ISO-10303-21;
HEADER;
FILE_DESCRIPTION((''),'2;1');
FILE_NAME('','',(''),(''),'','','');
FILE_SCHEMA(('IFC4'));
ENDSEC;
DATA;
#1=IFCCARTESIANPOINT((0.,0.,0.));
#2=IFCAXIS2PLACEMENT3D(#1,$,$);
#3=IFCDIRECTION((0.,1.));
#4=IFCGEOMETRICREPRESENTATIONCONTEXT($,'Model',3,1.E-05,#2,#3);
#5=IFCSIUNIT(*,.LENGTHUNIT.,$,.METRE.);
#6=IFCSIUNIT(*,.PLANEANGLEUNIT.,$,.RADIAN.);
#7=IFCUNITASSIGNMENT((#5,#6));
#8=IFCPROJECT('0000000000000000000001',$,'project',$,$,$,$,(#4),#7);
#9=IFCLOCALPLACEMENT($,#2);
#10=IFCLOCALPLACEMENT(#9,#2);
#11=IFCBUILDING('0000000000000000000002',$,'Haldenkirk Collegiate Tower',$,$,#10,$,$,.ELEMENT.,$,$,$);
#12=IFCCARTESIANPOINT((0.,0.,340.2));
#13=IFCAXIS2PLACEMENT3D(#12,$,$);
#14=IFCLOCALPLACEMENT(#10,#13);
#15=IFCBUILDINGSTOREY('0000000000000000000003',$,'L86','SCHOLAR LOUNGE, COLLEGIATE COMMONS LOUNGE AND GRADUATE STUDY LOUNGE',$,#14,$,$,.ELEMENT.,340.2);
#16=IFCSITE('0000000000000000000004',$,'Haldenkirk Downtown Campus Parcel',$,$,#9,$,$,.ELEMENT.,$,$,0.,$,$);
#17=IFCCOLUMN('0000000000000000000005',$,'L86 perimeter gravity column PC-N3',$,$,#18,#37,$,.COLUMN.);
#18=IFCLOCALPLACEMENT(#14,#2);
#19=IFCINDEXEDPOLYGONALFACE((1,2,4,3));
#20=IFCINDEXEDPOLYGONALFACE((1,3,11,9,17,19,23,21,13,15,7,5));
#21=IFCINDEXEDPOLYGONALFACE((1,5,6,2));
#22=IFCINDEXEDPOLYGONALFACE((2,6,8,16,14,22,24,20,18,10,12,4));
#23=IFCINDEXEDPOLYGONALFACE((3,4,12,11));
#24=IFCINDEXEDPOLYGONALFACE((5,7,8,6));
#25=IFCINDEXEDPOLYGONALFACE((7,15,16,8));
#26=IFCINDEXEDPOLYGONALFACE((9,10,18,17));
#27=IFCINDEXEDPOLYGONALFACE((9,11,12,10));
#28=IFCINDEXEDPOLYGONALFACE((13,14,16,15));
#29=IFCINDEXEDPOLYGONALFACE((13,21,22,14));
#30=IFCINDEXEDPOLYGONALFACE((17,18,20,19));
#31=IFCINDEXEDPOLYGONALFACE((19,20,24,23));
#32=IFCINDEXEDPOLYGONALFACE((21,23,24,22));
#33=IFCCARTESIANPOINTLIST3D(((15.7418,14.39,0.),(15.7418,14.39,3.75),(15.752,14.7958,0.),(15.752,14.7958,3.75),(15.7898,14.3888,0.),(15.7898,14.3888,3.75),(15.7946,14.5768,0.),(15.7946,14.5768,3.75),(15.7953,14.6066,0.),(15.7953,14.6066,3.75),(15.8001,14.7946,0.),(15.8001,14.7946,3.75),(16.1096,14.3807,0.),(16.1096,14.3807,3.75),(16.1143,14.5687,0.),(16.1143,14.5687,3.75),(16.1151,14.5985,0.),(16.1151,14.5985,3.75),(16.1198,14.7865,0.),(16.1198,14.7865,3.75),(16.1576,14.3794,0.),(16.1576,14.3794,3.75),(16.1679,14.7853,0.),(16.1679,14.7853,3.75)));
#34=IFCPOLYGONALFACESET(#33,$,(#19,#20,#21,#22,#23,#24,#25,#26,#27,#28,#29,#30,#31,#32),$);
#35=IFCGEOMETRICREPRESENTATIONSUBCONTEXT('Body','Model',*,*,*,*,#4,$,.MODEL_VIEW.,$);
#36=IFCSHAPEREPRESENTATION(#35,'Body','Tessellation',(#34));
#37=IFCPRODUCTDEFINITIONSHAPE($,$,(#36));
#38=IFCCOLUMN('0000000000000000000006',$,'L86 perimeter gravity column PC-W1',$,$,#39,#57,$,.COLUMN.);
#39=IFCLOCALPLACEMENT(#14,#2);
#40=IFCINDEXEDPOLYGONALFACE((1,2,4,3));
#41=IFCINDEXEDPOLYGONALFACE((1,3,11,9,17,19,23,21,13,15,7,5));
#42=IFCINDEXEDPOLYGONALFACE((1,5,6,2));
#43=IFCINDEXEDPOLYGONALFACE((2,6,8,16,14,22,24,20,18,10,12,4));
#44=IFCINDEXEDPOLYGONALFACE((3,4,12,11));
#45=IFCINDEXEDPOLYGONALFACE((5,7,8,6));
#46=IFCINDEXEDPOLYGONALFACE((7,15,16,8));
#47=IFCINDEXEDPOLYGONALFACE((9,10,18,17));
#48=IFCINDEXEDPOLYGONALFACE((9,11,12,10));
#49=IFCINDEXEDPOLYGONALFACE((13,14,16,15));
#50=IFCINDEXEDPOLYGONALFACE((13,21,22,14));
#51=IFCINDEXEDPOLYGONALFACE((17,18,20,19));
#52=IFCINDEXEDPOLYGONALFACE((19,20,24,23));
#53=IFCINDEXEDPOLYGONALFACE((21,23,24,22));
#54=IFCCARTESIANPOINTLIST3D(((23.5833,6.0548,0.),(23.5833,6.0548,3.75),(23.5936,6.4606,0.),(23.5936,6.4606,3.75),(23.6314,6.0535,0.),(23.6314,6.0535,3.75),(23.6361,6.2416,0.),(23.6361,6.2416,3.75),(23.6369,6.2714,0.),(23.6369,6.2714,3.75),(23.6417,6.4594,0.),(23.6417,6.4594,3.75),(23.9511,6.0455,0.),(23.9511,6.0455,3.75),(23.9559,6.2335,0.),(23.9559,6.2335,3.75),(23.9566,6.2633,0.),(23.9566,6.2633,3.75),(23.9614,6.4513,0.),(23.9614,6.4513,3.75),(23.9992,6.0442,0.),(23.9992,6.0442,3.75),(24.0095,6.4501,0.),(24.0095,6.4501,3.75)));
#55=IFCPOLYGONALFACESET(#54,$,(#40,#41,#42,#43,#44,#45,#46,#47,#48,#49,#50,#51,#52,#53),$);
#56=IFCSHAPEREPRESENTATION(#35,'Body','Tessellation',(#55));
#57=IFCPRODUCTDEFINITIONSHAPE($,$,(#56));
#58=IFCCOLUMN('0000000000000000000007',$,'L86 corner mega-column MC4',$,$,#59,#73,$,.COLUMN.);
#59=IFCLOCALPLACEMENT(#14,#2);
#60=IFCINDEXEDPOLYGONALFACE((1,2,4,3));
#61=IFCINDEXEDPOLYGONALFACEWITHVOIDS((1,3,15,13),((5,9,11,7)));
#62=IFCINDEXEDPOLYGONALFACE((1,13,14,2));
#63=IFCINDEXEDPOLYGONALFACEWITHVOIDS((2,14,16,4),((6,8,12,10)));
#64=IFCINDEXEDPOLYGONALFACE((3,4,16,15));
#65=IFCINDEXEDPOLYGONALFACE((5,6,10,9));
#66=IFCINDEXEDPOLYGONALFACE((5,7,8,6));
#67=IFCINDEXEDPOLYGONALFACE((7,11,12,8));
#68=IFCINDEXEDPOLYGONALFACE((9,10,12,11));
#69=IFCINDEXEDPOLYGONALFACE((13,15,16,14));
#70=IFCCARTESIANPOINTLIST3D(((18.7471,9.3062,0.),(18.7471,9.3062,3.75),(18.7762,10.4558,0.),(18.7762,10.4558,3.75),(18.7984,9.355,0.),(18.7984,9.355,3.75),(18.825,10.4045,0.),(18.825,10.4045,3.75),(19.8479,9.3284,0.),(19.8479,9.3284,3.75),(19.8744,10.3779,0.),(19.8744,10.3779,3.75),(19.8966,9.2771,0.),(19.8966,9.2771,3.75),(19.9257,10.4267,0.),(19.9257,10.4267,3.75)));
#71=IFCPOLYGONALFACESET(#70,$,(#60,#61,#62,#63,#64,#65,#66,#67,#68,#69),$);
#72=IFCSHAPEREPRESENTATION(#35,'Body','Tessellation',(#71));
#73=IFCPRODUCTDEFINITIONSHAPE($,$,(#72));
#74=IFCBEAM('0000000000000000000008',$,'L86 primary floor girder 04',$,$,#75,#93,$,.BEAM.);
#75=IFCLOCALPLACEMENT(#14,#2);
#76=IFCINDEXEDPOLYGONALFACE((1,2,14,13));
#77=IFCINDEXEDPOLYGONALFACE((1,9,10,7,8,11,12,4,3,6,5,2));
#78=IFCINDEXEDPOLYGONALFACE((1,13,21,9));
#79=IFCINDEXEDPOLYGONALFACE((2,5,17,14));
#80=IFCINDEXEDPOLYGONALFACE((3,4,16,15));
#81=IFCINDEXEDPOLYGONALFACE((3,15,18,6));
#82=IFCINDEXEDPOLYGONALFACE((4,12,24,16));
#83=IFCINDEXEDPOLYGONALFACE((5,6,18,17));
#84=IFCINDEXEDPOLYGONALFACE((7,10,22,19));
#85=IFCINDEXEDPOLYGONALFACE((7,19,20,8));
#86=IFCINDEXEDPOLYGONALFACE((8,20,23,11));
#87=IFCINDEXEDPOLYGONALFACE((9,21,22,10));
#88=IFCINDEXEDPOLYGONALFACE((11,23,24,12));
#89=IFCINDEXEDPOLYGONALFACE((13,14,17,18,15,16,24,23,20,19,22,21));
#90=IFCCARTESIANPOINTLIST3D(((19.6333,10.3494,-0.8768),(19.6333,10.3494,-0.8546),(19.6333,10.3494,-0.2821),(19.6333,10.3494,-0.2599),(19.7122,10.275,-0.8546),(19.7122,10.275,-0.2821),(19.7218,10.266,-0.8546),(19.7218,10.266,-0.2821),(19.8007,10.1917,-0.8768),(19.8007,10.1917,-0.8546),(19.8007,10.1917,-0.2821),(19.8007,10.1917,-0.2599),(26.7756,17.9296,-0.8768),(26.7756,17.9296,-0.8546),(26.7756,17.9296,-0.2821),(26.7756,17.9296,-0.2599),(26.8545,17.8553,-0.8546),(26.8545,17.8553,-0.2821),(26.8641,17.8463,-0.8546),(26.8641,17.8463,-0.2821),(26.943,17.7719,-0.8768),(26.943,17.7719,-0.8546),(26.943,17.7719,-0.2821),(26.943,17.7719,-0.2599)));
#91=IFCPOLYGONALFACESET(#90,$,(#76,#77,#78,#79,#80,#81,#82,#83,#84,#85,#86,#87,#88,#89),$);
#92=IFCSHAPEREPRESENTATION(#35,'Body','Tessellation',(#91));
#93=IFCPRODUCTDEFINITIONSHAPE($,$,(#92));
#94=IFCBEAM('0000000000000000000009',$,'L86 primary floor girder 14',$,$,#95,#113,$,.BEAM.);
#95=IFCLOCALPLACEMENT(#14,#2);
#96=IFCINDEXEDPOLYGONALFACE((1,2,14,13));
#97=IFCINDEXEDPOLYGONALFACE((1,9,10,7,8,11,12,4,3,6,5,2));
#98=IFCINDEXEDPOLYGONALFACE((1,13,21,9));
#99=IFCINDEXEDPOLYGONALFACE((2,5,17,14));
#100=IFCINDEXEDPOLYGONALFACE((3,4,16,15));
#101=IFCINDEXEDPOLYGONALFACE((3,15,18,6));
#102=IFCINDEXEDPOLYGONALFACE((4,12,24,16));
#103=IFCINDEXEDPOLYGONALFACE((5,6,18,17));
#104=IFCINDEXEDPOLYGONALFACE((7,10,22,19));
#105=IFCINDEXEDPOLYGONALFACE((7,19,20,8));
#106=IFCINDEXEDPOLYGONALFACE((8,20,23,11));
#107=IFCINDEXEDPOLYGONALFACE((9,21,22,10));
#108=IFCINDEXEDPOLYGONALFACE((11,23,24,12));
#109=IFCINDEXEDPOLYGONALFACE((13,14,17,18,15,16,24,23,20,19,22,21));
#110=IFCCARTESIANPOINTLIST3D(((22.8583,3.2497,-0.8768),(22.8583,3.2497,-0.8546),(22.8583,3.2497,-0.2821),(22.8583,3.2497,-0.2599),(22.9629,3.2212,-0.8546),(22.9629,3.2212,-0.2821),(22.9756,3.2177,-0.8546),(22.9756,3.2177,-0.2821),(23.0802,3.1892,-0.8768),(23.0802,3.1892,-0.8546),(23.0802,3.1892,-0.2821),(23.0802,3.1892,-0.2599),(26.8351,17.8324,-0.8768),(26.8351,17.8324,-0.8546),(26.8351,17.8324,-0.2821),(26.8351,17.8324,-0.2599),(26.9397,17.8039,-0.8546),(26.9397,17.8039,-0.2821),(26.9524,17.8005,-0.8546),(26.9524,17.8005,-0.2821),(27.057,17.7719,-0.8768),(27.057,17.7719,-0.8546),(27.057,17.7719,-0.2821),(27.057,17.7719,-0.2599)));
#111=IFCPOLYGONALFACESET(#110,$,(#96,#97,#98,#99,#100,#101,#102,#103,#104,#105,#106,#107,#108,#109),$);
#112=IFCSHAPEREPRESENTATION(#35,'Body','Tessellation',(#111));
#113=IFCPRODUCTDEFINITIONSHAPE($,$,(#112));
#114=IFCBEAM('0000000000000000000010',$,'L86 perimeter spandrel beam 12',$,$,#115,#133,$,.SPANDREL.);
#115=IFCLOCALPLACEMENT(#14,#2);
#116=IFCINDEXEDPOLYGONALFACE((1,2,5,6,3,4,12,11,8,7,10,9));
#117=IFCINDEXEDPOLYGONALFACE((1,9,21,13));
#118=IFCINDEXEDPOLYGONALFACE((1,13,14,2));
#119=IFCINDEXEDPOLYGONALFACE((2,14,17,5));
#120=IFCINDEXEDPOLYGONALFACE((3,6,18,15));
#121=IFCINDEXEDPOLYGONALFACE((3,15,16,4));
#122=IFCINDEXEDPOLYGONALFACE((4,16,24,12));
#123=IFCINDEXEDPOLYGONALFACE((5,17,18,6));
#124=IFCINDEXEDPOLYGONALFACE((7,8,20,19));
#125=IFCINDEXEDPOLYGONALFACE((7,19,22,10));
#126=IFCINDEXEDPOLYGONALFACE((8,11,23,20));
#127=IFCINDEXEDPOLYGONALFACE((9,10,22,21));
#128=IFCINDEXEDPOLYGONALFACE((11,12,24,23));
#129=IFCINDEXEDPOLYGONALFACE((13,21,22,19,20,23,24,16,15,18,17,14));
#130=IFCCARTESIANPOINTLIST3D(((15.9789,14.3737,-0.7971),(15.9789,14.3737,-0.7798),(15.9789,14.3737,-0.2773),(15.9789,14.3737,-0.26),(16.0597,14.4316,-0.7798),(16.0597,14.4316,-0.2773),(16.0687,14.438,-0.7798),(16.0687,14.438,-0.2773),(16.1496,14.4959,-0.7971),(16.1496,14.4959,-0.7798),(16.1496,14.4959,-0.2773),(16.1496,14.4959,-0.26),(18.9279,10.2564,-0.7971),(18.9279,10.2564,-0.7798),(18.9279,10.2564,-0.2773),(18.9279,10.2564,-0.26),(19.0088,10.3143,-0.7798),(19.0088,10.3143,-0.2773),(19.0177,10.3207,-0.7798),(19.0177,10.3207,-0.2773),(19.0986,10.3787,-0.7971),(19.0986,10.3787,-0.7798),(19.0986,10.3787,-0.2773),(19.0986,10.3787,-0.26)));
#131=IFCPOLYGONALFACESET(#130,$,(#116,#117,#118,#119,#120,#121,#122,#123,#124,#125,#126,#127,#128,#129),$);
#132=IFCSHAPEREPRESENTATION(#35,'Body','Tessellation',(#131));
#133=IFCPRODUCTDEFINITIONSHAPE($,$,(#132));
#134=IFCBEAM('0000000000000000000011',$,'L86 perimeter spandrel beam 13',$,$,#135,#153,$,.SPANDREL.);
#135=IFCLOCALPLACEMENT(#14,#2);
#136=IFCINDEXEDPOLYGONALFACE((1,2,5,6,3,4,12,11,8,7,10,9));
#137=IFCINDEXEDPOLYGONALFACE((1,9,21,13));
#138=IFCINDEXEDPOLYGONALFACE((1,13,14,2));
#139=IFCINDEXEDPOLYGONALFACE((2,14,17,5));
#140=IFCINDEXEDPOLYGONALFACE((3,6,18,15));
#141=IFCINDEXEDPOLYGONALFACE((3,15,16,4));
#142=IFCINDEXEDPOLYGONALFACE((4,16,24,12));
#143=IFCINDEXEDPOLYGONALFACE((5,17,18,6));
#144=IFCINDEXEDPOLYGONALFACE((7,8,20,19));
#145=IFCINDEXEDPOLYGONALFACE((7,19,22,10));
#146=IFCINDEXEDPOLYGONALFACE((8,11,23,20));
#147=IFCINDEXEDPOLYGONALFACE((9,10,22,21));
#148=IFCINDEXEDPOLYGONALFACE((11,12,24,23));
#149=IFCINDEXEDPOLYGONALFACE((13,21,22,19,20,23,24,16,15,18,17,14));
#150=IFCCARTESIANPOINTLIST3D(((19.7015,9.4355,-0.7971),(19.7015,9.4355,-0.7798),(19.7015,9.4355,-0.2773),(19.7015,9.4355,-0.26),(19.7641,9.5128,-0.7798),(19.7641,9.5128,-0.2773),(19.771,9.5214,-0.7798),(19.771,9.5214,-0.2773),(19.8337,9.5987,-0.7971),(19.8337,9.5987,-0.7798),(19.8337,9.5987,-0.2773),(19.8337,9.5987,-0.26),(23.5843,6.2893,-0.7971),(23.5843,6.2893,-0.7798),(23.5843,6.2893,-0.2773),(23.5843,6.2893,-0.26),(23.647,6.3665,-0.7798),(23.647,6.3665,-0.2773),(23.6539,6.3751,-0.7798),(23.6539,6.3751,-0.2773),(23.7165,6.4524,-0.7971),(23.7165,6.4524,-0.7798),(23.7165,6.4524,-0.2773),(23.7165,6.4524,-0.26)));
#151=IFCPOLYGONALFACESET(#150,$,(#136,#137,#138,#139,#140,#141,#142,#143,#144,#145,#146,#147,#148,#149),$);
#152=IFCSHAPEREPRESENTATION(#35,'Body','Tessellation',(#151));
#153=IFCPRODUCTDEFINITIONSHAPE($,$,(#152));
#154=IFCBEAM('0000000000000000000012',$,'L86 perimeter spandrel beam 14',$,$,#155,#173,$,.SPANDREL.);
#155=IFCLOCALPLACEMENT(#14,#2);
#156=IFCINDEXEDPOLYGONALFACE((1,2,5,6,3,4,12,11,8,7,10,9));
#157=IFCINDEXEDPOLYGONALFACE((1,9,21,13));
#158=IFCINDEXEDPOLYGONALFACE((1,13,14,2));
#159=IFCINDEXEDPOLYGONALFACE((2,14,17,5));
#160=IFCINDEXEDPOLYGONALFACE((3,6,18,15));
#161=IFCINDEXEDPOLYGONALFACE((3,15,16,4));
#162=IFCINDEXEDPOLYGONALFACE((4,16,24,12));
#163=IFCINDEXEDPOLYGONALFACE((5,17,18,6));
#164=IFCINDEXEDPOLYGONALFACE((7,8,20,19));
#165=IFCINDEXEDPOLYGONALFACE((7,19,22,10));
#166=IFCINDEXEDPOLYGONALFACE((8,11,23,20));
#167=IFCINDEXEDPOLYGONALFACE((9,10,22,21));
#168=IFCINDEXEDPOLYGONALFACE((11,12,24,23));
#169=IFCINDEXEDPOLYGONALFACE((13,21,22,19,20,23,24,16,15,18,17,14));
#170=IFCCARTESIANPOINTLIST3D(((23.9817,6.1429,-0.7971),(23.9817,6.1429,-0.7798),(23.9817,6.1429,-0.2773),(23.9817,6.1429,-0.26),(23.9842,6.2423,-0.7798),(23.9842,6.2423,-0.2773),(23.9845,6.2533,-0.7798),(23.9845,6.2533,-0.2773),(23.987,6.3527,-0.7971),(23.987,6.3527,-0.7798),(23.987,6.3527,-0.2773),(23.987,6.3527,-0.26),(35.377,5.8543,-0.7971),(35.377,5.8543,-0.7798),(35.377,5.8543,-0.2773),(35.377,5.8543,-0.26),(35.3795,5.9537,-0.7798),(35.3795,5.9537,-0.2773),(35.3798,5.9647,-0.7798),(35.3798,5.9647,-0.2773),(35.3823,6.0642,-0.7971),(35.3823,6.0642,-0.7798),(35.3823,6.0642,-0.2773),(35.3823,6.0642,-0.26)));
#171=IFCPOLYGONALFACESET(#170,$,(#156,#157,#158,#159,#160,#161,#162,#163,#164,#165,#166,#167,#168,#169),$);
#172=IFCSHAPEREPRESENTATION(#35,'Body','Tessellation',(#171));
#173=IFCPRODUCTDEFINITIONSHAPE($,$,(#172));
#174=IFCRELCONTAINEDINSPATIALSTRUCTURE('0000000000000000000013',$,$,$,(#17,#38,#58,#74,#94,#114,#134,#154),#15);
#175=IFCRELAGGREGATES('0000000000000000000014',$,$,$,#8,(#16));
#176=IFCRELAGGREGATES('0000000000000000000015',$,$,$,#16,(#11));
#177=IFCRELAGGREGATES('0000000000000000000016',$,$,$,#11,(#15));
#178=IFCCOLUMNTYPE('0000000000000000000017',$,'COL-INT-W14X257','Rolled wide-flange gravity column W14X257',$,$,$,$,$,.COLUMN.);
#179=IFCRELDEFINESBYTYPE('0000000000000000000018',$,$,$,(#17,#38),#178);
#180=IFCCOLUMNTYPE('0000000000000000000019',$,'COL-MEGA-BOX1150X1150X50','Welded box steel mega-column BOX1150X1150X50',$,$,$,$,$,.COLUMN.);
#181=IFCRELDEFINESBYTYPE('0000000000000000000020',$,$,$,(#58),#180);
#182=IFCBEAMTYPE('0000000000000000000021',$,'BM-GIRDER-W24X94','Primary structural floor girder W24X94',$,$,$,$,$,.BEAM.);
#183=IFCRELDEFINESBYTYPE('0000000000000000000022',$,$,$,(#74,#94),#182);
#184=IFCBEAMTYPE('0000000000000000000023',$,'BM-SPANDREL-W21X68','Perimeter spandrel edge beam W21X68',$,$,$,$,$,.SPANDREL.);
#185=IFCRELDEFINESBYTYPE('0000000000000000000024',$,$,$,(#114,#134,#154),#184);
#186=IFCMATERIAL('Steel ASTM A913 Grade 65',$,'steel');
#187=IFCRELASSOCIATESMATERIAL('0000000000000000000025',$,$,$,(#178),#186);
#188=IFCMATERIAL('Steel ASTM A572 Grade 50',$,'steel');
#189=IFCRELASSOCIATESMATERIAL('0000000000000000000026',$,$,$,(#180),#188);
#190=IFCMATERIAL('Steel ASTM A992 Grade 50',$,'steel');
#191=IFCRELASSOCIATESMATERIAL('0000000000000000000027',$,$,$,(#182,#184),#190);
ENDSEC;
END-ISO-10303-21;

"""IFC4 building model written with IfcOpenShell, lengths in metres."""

from ifc_helpers import new_model, si_unit, direction, frame, origin, origin_2d, place, context, subcontext, project, spatial, hollow_rectangle, i_section, extrude, material, material_profile, profile_set, type_object, element, save


model = new_model("IFC4")

# Units and contexts
model_context = context("Model", 3, precision=1e-05, world=origin(), true_north=direction((0.0, 1.0)))
body_context = subcontext(model_context, "Body", "Model", "MODEL_VIEW")
ifc_project = project(units=[si_unit("LENGTHUNIT", "METRE"), si_unit("PLANEANGLEUNIT", "RADIAN")], contexts=[model_context])

# Site, building, storey
site_placement = place(None, origin())
site = spatial("IfcSite", under=ifc_project, at=site_placement, Name="Haldenkirk Downtown Campus Parcel", CompositionType="ELEMENT", RefElevation=0.0)
building_placement = place(site_placement, origin())
building = spatial("IfcBuilding", under=site, at=building_placement, Name="Haldenkirk Collegiate Tower", CompositionType="ELEMENT")
storey_placement = place(building_placement, frame((0.0, 0.0, 340.2)))
storey = spatial("IfcBuildingStorey", under=building, at=storey_placement, Name="L86", Description="SCHOLAR LOUNGE, COLLEGIATE COMMONS LOUNGE AND GRADUATE STUDY LOUNGE", CompositionType="ELEMENT", Elevation=340.2)

# Columns
ifc_material_1 = material(Name="Steel ASTM A913 Grade 65", Category="steel")
ifc_material_profile_1 = material_profile(ifc_material_1, i_section(OverallWidth=0.406, OverallDepth=0.416, WebThickness=0.0298, FlangeThickness=0.0481, at=origin_2d()), Name="W14X257")
ifc_profile_set_1 = profile_set([ifc_material_profile_1], Name="Steel ASTM A913 Grade 65")
column_type_1 = type_object("IfcColumnType", Name="COL-INT-W14X257", Description="Rolled wide-flange gravity column W14X257", PredefinedType="COLUMN", material=ifc_profile_set_1)
for number, where, z_axis, x_axis, name in (
    (1, (15.9548, 14.5876, 0.0), (0.0, 0.0, 1.0), (0.025305, 0.99968, 0.0), "L86 perimeter gravity column PC-N3"),
    (2, (23.7964, 6.2524, 0.0), (0.0, 0.0, 1.0), (0.025305, 0.99968, 0.0), "L86 perimeter gravity column PC-W1"),
):
    element("IfcColumn", number, at=place(storey_placement, frame(where, z_axis=z_axis, x_axis=x_axis)), inside=storey, type_object=column_type_1, Name=name, PredefinedType="COLUMN", context=body_context, shape_type="SweptSolid", body=[
        extrude(i_section(OverallWidth=0.406, OverallDepth=0.416, WebThickness=0.0298, FlangeThickness=0.0481, at=origin_2d()), origin(), (0.0, 0.0, 1.0), 3.75),
    ])
ifc_material_2 = material(Name="Steel ASTM A572 Grade 50", Category="steel")
ifc_material_profile_2 = material_profile(ifc_material_2, hollow_rectangle(XDim=1.1499, YDim=1.1499, WallThickness=0.05, at=origin_2d()), Name="BOX1150X1150X50")
ifc_profile_set_2 = profile_set([ifc_material_profile_2], Name="Steel ASTM A572 Grade 50")
column_type_2 = type_object("IfcColumnType", Name="COL-MEGA-BOX1150X1150X50", Description="Welded box steel mega-column BOX1150X1150X50", PredefinedType="COLUMN", material=ifc_profile_set_2)
column_placement = place(storey_placement, frame((19.3364, 9.8665, 0.0), z_axis=(0.0, 0.0, 1.0), x_axis=(0.025305, 0.99968, 0.0)))
element("IfcColumn", 3, at=column_placement, inside=storey, type_object=column_type_2, Name="L86 corner mega-column MC4", PredefinedType="COLUMN", context=body_context, shape_type="SweptSolid", body=[
    extrude(hollow_rectangle(XDim=1.1499, YDim=1.1499, WallThickness=0.05, at=origin_2d()), origin(), (0.0, 0.0, 1.0), 3.75),
])

# Beams
ifc_material_3 = material(Name="Steel ASTM A992 Grade 50", Category="steel")
ifc_material_profile_3 = material_profile(ifc_material_3, i_section(OverallWidth=0.23, OverallDepth=0.6169, WebThickness=0.0132, FlangeThickness=0.0222, at=origin_2d()), Name="W24X94")
ifc_profile_set_3 = profile_set([ifc_material_profile_3], Name="Steel ASTM A992 Grade 50")
beam_type_1 = type_object("IfcBeamType", Name="BM-GIRDER-W24X94", Description="Primary structural floor girder W24X94", PredefinedType="BEAM", material=ifc_profile_set_3)
beam_1_placement = place(storey_placement, frame((19.717, 10.2705, -0.5684), z_axis=(0.685767, 0.727821, 0.0), x_axis=(-0.727821, 0.685767, 0.0)))
element("IfcBeam", 4, at=beam_1_placement, inside=storey, type_object=beam_type_1, Name="L86 primary floor girder 04", PredefinedType="BEAM", context=body_context, shape_type="SweptSolid", body=[
    extrude(i_section(OverallWidth=0.23, OverallDepth=0.6169, WebThickness=0.0132, FlangeThickness=0.0222, at=origin_2d()), origin(), (0.0, 0.0, 1.0), 10.415),
])
beam_2_placement = place(storey_placement, frame((22.9692, 3.2195, -0.5684), z_axis=(0.263098, 0.964769, 0.0), x_axis=(-0.964769, 0.263098, 0.0)))
element("IfcBeam", 5, at=beam_2_placement, inside=storey, type_object=beam_type_1, Name="L86 primary floor girder 14", PredefinedType="BEAM", context=body_context, shape_type="SweptSolid", body=[
    extrude(i_section(OverallWidth=0.23, OverallDepth=0.6169, WebThickness=0.0132, FlangeThickness=0.0222, at=origin_2d()), origin(), (0.0, 0.0, 1.0), 15.1152),
])
ifc_material_profile_4 = material_profile(ifc_material_3, i_section(OverallWidth=0.21, OverallDepth=0.5371, WebThickness=0.011, FlangeThickness=0.0173, at=origin_2d()), Name="W21X68")
ifc_profile_set_4 = profile_set([ifc_material_profile_4], Name="Steel ASTM A992 Grade 50")
beam_type_2 = type_object("IfcBeamType", Name="BM-SPANDREL-W21X68", Description="Perimeter spandrel edge beam W21X68", PredefinedType="SPANDREL", material=ifc_profile_set_4)
beam_3_placement = place(storey_placement, frame((16.0642, 14.4348, -0.5286), z_axis=(0.5823, -0.812974, 0.0), x_axis=(0.812974, 0.5823, 0.0)))
element("IfcBeam", 6, at=beam_3_placement, inside=storey, type_object=beam_type_2, Name="L86 perimeter spandrel beam 12", PredefinedType="SPANDREL", context=body_context, shape_type="SweptSolid", body=[
    extrude(i_section(OverallWidth=0.21, OverallDepth=0.5371, WebThickness=0.011, FlangeThickness=0.0173, at=origin_2d()), origin(), (0.0, 0.0, 1.0), 5.0645),
])
beam_4_placement = place(storey_placement, frame((19.7676, 9.5171, -0.5286), z_axis=(0.77695, -0.629562, 0.0), x_axis=(0.629562, 0.77695, 0.0)))
element("IfcBeam", 7, at=beam_4_placement, inside=storey, type_object=beam_type_2, Name="L86 perimeter spandrel beam 13", PredefinedType="SPANDREL", context=body_context, shape_type="SweptSolid", body=[
    extrude(i_section(OverallWidth=0.21, OverallDepth=0.5371, WebThickness=0.011, FlangeThickness=0.0173, at=origin_2d()), origin(), (0.0, 0.0, 1.0), 4.9976),
])
beam_5_placement = place(storey_placement, frame((23.9844, 6.2478, -0.5286), z_axis=(0.99968, -0.025316, 0.0), x_axis=(0.025316, 0.99968, 0.0)))
element("IfcBeam", 8, at=beam_5_placement, inside=storey, type_object=beam_type_2, Name="L86 perimeter spandrel beam 14", PredefinedType="SPANDREL", context=body_context, shape_type="SweptSolid", body=[
    extrude(i_section(OverallWidth=0.21, OverallDepth=0.5371, WebThickness=0.011, FlangeThickness=0.0173, at=origin_2d()), origin(), (0.0, 0.0, 1.0), 11.3989),
])

save(model, "model.ifc")
